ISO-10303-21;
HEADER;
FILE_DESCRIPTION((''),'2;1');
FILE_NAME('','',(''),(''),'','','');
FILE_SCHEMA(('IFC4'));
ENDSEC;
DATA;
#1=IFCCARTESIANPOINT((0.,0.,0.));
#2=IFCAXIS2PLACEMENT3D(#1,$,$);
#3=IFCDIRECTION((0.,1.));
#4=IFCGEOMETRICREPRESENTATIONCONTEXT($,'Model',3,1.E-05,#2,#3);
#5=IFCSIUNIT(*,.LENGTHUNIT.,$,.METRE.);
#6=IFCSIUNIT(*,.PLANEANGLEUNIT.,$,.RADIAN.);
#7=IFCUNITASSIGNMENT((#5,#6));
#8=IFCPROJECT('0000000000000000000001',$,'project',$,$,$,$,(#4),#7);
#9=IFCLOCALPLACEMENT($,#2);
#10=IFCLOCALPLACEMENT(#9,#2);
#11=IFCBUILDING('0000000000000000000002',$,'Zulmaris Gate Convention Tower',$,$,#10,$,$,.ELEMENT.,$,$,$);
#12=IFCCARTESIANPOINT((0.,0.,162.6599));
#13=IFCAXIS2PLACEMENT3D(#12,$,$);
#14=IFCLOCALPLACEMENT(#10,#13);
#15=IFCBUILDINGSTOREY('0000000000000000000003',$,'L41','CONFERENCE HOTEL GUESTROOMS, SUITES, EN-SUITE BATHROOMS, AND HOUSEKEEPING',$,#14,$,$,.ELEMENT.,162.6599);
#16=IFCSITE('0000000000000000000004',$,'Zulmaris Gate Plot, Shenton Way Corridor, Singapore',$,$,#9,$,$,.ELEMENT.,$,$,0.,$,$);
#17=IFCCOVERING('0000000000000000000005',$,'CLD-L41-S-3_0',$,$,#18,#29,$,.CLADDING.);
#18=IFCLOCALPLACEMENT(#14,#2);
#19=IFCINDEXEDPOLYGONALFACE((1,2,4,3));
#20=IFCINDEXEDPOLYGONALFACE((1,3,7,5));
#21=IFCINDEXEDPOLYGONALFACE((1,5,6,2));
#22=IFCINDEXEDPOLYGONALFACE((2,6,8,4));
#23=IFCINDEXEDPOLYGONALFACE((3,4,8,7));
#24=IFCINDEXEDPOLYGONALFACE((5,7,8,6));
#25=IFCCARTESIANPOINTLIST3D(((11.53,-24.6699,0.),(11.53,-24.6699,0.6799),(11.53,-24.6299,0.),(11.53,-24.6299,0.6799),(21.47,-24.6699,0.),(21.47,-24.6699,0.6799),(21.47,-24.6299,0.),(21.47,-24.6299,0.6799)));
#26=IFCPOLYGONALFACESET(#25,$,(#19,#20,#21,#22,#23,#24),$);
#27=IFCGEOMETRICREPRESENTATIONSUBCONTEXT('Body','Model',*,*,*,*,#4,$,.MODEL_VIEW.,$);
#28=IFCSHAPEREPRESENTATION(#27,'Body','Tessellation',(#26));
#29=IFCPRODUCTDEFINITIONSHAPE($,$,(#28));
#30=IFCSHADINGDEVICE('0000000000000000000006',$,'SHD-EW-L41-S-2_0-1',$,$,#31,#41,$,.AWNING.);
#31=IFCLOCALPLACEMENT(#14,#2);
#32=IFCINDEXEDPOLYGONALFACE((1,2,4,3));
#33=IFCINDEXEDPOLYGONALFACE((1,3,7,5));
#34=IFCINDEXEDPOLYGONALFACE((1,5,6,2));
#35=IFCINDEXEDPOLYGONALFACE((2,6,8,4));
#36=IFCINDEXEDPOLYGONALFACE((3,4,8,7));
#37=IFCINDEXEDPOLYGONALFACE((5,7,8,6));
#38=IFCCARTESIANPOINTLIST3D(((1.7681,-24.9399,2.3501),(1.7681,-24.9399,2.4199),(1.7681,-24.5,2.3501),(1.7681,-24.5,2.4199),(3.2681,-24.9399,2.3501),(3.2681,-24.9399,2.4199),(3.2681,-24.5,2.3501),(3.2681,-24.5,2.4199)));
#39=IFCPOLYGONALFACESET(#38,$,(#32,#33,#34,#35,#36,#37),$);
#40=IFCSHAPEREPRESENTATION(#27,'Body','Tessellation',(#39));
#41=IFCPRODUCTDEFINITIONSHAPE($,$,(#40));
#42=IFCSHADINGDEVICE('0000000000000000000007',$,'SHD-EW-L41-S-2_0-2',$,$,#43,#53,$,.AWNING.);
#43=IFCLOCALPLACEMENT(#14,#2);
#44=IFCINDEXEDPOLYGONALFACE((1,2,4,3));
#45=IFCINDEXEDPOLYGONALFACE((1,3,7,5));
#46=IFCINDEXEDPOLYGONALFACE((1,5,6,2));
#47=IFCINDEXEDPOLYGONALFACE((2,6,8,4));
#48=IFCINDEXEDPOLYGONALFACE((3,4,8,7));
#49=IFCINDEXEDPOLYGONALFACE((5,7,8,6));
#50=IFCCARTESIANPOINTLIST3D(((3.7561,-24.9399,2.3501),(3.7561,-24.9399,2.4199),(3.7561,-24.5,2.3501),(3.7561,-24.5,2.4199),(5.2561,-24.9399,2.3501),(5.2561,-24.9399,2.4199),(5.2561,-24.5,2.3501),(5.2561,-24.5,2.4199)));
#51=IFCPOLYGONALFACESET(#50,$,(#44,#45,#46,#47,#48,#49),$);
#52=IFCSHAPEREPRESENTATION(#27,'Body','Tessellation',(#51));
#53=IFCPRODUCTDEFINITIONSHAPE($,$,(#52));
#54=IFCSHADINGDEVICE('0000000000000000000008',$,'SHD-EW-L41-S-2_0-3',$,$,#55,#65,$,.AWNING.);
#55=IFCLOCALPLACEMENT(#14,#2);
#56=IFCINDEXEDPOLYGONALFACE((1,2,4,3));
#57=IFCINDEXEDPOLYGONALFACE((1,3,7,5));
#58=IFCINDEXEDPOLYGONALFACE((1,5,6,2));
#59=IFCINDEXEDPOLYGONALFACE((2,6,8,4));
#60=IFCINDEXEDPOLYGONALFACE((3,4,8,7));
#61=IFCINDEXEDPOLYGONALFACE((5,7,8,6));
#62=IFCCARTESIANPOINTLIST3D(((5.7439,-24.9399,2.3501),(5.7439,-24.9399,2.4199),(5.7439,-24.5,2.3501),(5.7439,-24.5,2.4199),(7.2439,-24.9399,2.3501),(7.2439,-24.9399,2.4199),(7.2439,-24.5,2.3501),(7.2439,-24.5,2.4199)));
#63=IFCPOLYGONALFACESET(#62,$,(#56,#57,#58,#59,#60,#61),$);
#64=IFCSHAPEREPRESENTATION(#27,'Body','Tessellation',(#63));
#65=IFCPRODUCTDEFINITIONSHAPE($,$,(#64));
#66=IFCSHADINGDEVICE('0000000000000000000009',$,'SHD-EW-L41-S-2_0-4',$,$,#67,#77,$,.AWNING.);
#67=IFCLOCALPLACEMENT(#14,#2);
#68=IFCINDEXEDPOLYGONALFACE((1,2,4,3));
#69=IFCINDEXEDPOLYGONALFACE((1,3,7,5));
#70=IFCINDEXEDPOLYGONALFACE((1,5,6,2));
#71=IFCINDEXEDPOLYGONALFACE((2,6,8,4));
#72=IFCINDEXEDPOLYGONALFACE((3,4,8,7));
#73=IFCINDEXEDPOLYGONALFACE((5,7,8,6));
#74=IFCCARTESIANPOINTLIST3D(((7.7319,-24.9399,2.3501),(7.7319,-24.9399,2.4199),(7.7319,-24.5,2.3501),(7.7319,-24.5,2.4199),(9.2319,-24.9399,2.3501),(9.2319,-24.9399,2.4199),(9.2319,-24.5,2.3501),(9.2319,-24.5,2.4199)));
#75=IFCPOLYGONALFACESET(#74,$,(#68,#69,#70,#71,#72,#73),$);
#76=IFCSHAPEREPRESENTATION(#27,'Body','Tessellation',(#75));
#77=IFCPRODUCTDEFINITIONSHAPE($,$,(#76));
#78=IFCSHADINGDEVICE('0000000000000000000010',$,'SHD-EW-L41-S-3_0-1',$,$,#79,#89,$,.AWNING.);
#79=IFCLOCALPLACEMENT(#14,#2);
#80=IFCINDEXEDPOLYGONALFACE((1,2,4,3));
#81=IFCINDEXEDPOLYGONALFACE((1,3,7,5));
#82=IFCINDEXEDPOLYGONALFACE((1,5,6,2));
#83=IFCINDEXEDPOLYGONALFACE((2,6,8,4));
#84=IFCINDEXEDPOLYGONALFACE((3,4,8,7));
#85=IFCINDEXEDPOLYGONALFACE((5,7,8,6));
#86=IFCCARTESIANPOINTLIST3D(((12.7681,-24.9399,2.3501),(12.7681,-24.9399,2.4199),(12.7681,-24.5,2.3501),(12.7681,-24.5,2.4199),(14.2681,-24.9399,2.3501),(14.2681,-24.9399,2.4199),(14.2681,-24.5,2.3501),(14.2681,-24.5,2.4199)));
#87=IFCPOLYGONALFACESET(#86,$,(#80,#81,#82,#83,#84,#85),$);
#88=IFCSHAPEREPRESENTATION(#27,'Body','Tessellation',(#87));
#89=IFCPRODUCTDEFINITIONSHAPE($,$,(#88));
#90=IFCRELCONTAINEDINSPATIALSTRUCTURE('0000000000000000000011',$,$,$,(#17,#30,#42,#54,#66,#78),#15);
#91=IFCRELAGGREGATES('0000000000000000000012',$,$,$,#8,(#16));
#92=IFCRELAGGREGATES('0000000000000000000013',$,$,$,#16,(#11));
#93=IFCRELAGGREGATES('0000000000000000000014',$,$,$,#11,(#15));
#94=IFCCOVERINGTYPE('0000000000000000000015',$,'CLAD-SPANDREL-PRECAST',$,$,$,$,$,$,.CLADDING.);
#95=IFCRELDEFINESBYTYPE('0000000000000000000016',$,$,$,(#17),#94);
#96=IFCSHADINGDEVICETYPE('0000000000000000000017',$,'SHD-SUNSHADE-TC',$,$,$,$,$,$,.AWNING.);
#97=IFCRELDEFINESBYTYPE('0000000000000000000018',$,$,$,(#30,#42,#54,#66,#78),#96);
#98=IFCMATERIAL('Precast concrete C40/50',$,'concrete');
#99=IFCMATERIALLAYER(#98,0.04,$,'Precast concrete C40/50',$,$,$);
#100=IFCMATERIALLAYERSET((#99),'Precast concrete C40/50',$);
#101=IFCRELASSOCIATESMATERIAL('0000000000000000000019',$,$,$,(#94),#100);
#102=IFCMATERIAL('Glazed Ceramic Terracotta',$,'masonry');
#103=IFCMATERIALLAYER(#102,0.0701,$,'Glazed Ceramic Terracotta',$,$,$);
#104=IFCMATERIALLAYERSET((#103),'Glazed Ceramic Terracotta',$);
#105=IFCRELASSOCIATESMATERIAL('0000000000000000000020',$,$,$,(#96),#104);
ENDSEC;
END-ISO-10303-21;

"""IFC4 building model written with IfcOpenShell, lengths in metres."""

from ifc_helpers import new_model, si_unit, direction, frame, frame_2d, origin, place, context, subcontext, project, spatial, rectangle, extrude, material, layer, layer_set, type_object, element, save


model = new_model("IFC4")

# Units and contexts
model_context = context("Model", 3, precision=1e-05, world=origin(), true_north=direction((0.0, 1.0)))
body_context = subcontext(model_context, "Body", "Model", "MODEL_VIEW")
ifc_project = project(units=[si_unit("LENGTHUNIT", "METRE"), si_unit("PLANEANGLEUNIT", "RADIAN")], contexts=[model_context])

# Site, building, storey
site_placement = place(None, origin())
site = spatial("IfcSite", under=ifc_project, at=site_placement, Name="Zulmaris Gate Plot, Shenton Way Corridor, Singapore", CompositionType="ELEMENT", RefElevation=0.0)
building_placement = place(site_placement, origin())
building = spatial("IfcBuilding", under=site, at=building_placement, Name="Zulmaris Gate Convention Tower", CompositionType="ELEMENT")
storey_placement = place(building_placement, frame((0.0, 0.0, 162.6599)))
storey = spatial("IfcBuildingStorey", under=building, at=storey_placement, Name="L41", Description="CONFERENCE HOTEL GUESTROOMS, SUITES, EN-SUITE BATHROOMS, AND HOUSEKEEPING", CompositionType="ELEMENT", Elevation=162.6599)

# Shared definitions
ifc_material_1 = material(Name="Precast concrete C40/50", Category="concrete")

# Covering
ifc_layer_1 = layer(ifc_material_1, 0.04, Name="Precast concrete C40/50")
ifc_layer_set_1 = layer_set([ifc_layer_1], Name="Precast concrete C40/50")
covering_type = type_object("IfcCoveringType", Name="CLAD-SPANDREL-PRECAST", PredefinedType="CLADDING", material=ifc_layer_set_1)
for number, where, z_axis, x_axis, name in (
    (1, (11.53, -24.6499, 0.0), (0.0, 0.0, 1.0), (1.0, 0.0, 0.0), "CLD-L41-S-3_0"),
):
    element("IfcCovering", number, at=place(storey_placement, frame(where, z_axis=z_axis, x_axis=x_axis)), inside=storey, type_object=covering_type, Name=name, PredefinedType="CLADDING", context=body_context, shape_type="SweptSolid", body=[
        extrude(rectangle(XDim=9.9399, YDim=0.04, at=frame_2d((4.97, 0.0))), origin(), (0.0, 0.0, 1.0), 0.6799),
    ])

# Shading devices
ifc_material_2 = material(Name="Glazed Ceramic Terracotta", Category="masonry")
ifc_layer_2 = layer(ifc_material_2, 0.0701, Name="Glazed Ceramic Terracotta")
ifc_layer_set_2 = layer_set([ifc_layer_2], Name="Glazed Ceramic Terracotta")
shading_device_type = type_object("IfcShadingDeviceType", Name="SHD-SUNSHADE-TC", PredefinedType="AWNING", material=ifc_layer_set_2)
for number, where, z_axis, x_axis, name in (
    (2, (1.7681, -24.72, 2.3501), (0.0, 0.0, 1.0), (1.0, 0.0, 0.0), "SHD-EW-L41-S-2_0-1"),
    (3, (3.7561, -24.72, 2.3501), (0.0, 0.0, 1.0), (1.0, 0.0, 0.0), "SHD-EW-L41-S-2_0-2"),
    (4, (5.7439, -24.72, 2.3501), (0.0, 0.0, 1.0), (1.0, 0.0, 0.0), "SHD-EW-L41-S-2_0-3"),
    (5, (7.7319, -24.72, 2.3501), (0.0, 0.0, 1.0), (1.0, 0.0, 0.0), "SHD-EW-L41-S-2_0-4"),
    (6, (12.7681, -24.72, 2.3501), (0.0, 0.0, 1.0), (1.0, 0.0, 0.0), "SHD-EW-L41-S-3_0-1"),
):
    element("IfcShadingDevice", number, at=place(storey_placement, frame(where, z_axis=z_axis, x_axis=x_axis)), inside=storey, type_object=shading_device_type, Name=name, PredefinedType="AWNING", context=body_context, shape_type="SweptSolid", body=[
        extrude(rectangle(XDim=1.5, YDim=0.4399, at=frame_2d((0.75, 0.0))), origin(), (0.0, 0.0, 1.0), 0.0698),
    ])

save(model, "model.ifc")
